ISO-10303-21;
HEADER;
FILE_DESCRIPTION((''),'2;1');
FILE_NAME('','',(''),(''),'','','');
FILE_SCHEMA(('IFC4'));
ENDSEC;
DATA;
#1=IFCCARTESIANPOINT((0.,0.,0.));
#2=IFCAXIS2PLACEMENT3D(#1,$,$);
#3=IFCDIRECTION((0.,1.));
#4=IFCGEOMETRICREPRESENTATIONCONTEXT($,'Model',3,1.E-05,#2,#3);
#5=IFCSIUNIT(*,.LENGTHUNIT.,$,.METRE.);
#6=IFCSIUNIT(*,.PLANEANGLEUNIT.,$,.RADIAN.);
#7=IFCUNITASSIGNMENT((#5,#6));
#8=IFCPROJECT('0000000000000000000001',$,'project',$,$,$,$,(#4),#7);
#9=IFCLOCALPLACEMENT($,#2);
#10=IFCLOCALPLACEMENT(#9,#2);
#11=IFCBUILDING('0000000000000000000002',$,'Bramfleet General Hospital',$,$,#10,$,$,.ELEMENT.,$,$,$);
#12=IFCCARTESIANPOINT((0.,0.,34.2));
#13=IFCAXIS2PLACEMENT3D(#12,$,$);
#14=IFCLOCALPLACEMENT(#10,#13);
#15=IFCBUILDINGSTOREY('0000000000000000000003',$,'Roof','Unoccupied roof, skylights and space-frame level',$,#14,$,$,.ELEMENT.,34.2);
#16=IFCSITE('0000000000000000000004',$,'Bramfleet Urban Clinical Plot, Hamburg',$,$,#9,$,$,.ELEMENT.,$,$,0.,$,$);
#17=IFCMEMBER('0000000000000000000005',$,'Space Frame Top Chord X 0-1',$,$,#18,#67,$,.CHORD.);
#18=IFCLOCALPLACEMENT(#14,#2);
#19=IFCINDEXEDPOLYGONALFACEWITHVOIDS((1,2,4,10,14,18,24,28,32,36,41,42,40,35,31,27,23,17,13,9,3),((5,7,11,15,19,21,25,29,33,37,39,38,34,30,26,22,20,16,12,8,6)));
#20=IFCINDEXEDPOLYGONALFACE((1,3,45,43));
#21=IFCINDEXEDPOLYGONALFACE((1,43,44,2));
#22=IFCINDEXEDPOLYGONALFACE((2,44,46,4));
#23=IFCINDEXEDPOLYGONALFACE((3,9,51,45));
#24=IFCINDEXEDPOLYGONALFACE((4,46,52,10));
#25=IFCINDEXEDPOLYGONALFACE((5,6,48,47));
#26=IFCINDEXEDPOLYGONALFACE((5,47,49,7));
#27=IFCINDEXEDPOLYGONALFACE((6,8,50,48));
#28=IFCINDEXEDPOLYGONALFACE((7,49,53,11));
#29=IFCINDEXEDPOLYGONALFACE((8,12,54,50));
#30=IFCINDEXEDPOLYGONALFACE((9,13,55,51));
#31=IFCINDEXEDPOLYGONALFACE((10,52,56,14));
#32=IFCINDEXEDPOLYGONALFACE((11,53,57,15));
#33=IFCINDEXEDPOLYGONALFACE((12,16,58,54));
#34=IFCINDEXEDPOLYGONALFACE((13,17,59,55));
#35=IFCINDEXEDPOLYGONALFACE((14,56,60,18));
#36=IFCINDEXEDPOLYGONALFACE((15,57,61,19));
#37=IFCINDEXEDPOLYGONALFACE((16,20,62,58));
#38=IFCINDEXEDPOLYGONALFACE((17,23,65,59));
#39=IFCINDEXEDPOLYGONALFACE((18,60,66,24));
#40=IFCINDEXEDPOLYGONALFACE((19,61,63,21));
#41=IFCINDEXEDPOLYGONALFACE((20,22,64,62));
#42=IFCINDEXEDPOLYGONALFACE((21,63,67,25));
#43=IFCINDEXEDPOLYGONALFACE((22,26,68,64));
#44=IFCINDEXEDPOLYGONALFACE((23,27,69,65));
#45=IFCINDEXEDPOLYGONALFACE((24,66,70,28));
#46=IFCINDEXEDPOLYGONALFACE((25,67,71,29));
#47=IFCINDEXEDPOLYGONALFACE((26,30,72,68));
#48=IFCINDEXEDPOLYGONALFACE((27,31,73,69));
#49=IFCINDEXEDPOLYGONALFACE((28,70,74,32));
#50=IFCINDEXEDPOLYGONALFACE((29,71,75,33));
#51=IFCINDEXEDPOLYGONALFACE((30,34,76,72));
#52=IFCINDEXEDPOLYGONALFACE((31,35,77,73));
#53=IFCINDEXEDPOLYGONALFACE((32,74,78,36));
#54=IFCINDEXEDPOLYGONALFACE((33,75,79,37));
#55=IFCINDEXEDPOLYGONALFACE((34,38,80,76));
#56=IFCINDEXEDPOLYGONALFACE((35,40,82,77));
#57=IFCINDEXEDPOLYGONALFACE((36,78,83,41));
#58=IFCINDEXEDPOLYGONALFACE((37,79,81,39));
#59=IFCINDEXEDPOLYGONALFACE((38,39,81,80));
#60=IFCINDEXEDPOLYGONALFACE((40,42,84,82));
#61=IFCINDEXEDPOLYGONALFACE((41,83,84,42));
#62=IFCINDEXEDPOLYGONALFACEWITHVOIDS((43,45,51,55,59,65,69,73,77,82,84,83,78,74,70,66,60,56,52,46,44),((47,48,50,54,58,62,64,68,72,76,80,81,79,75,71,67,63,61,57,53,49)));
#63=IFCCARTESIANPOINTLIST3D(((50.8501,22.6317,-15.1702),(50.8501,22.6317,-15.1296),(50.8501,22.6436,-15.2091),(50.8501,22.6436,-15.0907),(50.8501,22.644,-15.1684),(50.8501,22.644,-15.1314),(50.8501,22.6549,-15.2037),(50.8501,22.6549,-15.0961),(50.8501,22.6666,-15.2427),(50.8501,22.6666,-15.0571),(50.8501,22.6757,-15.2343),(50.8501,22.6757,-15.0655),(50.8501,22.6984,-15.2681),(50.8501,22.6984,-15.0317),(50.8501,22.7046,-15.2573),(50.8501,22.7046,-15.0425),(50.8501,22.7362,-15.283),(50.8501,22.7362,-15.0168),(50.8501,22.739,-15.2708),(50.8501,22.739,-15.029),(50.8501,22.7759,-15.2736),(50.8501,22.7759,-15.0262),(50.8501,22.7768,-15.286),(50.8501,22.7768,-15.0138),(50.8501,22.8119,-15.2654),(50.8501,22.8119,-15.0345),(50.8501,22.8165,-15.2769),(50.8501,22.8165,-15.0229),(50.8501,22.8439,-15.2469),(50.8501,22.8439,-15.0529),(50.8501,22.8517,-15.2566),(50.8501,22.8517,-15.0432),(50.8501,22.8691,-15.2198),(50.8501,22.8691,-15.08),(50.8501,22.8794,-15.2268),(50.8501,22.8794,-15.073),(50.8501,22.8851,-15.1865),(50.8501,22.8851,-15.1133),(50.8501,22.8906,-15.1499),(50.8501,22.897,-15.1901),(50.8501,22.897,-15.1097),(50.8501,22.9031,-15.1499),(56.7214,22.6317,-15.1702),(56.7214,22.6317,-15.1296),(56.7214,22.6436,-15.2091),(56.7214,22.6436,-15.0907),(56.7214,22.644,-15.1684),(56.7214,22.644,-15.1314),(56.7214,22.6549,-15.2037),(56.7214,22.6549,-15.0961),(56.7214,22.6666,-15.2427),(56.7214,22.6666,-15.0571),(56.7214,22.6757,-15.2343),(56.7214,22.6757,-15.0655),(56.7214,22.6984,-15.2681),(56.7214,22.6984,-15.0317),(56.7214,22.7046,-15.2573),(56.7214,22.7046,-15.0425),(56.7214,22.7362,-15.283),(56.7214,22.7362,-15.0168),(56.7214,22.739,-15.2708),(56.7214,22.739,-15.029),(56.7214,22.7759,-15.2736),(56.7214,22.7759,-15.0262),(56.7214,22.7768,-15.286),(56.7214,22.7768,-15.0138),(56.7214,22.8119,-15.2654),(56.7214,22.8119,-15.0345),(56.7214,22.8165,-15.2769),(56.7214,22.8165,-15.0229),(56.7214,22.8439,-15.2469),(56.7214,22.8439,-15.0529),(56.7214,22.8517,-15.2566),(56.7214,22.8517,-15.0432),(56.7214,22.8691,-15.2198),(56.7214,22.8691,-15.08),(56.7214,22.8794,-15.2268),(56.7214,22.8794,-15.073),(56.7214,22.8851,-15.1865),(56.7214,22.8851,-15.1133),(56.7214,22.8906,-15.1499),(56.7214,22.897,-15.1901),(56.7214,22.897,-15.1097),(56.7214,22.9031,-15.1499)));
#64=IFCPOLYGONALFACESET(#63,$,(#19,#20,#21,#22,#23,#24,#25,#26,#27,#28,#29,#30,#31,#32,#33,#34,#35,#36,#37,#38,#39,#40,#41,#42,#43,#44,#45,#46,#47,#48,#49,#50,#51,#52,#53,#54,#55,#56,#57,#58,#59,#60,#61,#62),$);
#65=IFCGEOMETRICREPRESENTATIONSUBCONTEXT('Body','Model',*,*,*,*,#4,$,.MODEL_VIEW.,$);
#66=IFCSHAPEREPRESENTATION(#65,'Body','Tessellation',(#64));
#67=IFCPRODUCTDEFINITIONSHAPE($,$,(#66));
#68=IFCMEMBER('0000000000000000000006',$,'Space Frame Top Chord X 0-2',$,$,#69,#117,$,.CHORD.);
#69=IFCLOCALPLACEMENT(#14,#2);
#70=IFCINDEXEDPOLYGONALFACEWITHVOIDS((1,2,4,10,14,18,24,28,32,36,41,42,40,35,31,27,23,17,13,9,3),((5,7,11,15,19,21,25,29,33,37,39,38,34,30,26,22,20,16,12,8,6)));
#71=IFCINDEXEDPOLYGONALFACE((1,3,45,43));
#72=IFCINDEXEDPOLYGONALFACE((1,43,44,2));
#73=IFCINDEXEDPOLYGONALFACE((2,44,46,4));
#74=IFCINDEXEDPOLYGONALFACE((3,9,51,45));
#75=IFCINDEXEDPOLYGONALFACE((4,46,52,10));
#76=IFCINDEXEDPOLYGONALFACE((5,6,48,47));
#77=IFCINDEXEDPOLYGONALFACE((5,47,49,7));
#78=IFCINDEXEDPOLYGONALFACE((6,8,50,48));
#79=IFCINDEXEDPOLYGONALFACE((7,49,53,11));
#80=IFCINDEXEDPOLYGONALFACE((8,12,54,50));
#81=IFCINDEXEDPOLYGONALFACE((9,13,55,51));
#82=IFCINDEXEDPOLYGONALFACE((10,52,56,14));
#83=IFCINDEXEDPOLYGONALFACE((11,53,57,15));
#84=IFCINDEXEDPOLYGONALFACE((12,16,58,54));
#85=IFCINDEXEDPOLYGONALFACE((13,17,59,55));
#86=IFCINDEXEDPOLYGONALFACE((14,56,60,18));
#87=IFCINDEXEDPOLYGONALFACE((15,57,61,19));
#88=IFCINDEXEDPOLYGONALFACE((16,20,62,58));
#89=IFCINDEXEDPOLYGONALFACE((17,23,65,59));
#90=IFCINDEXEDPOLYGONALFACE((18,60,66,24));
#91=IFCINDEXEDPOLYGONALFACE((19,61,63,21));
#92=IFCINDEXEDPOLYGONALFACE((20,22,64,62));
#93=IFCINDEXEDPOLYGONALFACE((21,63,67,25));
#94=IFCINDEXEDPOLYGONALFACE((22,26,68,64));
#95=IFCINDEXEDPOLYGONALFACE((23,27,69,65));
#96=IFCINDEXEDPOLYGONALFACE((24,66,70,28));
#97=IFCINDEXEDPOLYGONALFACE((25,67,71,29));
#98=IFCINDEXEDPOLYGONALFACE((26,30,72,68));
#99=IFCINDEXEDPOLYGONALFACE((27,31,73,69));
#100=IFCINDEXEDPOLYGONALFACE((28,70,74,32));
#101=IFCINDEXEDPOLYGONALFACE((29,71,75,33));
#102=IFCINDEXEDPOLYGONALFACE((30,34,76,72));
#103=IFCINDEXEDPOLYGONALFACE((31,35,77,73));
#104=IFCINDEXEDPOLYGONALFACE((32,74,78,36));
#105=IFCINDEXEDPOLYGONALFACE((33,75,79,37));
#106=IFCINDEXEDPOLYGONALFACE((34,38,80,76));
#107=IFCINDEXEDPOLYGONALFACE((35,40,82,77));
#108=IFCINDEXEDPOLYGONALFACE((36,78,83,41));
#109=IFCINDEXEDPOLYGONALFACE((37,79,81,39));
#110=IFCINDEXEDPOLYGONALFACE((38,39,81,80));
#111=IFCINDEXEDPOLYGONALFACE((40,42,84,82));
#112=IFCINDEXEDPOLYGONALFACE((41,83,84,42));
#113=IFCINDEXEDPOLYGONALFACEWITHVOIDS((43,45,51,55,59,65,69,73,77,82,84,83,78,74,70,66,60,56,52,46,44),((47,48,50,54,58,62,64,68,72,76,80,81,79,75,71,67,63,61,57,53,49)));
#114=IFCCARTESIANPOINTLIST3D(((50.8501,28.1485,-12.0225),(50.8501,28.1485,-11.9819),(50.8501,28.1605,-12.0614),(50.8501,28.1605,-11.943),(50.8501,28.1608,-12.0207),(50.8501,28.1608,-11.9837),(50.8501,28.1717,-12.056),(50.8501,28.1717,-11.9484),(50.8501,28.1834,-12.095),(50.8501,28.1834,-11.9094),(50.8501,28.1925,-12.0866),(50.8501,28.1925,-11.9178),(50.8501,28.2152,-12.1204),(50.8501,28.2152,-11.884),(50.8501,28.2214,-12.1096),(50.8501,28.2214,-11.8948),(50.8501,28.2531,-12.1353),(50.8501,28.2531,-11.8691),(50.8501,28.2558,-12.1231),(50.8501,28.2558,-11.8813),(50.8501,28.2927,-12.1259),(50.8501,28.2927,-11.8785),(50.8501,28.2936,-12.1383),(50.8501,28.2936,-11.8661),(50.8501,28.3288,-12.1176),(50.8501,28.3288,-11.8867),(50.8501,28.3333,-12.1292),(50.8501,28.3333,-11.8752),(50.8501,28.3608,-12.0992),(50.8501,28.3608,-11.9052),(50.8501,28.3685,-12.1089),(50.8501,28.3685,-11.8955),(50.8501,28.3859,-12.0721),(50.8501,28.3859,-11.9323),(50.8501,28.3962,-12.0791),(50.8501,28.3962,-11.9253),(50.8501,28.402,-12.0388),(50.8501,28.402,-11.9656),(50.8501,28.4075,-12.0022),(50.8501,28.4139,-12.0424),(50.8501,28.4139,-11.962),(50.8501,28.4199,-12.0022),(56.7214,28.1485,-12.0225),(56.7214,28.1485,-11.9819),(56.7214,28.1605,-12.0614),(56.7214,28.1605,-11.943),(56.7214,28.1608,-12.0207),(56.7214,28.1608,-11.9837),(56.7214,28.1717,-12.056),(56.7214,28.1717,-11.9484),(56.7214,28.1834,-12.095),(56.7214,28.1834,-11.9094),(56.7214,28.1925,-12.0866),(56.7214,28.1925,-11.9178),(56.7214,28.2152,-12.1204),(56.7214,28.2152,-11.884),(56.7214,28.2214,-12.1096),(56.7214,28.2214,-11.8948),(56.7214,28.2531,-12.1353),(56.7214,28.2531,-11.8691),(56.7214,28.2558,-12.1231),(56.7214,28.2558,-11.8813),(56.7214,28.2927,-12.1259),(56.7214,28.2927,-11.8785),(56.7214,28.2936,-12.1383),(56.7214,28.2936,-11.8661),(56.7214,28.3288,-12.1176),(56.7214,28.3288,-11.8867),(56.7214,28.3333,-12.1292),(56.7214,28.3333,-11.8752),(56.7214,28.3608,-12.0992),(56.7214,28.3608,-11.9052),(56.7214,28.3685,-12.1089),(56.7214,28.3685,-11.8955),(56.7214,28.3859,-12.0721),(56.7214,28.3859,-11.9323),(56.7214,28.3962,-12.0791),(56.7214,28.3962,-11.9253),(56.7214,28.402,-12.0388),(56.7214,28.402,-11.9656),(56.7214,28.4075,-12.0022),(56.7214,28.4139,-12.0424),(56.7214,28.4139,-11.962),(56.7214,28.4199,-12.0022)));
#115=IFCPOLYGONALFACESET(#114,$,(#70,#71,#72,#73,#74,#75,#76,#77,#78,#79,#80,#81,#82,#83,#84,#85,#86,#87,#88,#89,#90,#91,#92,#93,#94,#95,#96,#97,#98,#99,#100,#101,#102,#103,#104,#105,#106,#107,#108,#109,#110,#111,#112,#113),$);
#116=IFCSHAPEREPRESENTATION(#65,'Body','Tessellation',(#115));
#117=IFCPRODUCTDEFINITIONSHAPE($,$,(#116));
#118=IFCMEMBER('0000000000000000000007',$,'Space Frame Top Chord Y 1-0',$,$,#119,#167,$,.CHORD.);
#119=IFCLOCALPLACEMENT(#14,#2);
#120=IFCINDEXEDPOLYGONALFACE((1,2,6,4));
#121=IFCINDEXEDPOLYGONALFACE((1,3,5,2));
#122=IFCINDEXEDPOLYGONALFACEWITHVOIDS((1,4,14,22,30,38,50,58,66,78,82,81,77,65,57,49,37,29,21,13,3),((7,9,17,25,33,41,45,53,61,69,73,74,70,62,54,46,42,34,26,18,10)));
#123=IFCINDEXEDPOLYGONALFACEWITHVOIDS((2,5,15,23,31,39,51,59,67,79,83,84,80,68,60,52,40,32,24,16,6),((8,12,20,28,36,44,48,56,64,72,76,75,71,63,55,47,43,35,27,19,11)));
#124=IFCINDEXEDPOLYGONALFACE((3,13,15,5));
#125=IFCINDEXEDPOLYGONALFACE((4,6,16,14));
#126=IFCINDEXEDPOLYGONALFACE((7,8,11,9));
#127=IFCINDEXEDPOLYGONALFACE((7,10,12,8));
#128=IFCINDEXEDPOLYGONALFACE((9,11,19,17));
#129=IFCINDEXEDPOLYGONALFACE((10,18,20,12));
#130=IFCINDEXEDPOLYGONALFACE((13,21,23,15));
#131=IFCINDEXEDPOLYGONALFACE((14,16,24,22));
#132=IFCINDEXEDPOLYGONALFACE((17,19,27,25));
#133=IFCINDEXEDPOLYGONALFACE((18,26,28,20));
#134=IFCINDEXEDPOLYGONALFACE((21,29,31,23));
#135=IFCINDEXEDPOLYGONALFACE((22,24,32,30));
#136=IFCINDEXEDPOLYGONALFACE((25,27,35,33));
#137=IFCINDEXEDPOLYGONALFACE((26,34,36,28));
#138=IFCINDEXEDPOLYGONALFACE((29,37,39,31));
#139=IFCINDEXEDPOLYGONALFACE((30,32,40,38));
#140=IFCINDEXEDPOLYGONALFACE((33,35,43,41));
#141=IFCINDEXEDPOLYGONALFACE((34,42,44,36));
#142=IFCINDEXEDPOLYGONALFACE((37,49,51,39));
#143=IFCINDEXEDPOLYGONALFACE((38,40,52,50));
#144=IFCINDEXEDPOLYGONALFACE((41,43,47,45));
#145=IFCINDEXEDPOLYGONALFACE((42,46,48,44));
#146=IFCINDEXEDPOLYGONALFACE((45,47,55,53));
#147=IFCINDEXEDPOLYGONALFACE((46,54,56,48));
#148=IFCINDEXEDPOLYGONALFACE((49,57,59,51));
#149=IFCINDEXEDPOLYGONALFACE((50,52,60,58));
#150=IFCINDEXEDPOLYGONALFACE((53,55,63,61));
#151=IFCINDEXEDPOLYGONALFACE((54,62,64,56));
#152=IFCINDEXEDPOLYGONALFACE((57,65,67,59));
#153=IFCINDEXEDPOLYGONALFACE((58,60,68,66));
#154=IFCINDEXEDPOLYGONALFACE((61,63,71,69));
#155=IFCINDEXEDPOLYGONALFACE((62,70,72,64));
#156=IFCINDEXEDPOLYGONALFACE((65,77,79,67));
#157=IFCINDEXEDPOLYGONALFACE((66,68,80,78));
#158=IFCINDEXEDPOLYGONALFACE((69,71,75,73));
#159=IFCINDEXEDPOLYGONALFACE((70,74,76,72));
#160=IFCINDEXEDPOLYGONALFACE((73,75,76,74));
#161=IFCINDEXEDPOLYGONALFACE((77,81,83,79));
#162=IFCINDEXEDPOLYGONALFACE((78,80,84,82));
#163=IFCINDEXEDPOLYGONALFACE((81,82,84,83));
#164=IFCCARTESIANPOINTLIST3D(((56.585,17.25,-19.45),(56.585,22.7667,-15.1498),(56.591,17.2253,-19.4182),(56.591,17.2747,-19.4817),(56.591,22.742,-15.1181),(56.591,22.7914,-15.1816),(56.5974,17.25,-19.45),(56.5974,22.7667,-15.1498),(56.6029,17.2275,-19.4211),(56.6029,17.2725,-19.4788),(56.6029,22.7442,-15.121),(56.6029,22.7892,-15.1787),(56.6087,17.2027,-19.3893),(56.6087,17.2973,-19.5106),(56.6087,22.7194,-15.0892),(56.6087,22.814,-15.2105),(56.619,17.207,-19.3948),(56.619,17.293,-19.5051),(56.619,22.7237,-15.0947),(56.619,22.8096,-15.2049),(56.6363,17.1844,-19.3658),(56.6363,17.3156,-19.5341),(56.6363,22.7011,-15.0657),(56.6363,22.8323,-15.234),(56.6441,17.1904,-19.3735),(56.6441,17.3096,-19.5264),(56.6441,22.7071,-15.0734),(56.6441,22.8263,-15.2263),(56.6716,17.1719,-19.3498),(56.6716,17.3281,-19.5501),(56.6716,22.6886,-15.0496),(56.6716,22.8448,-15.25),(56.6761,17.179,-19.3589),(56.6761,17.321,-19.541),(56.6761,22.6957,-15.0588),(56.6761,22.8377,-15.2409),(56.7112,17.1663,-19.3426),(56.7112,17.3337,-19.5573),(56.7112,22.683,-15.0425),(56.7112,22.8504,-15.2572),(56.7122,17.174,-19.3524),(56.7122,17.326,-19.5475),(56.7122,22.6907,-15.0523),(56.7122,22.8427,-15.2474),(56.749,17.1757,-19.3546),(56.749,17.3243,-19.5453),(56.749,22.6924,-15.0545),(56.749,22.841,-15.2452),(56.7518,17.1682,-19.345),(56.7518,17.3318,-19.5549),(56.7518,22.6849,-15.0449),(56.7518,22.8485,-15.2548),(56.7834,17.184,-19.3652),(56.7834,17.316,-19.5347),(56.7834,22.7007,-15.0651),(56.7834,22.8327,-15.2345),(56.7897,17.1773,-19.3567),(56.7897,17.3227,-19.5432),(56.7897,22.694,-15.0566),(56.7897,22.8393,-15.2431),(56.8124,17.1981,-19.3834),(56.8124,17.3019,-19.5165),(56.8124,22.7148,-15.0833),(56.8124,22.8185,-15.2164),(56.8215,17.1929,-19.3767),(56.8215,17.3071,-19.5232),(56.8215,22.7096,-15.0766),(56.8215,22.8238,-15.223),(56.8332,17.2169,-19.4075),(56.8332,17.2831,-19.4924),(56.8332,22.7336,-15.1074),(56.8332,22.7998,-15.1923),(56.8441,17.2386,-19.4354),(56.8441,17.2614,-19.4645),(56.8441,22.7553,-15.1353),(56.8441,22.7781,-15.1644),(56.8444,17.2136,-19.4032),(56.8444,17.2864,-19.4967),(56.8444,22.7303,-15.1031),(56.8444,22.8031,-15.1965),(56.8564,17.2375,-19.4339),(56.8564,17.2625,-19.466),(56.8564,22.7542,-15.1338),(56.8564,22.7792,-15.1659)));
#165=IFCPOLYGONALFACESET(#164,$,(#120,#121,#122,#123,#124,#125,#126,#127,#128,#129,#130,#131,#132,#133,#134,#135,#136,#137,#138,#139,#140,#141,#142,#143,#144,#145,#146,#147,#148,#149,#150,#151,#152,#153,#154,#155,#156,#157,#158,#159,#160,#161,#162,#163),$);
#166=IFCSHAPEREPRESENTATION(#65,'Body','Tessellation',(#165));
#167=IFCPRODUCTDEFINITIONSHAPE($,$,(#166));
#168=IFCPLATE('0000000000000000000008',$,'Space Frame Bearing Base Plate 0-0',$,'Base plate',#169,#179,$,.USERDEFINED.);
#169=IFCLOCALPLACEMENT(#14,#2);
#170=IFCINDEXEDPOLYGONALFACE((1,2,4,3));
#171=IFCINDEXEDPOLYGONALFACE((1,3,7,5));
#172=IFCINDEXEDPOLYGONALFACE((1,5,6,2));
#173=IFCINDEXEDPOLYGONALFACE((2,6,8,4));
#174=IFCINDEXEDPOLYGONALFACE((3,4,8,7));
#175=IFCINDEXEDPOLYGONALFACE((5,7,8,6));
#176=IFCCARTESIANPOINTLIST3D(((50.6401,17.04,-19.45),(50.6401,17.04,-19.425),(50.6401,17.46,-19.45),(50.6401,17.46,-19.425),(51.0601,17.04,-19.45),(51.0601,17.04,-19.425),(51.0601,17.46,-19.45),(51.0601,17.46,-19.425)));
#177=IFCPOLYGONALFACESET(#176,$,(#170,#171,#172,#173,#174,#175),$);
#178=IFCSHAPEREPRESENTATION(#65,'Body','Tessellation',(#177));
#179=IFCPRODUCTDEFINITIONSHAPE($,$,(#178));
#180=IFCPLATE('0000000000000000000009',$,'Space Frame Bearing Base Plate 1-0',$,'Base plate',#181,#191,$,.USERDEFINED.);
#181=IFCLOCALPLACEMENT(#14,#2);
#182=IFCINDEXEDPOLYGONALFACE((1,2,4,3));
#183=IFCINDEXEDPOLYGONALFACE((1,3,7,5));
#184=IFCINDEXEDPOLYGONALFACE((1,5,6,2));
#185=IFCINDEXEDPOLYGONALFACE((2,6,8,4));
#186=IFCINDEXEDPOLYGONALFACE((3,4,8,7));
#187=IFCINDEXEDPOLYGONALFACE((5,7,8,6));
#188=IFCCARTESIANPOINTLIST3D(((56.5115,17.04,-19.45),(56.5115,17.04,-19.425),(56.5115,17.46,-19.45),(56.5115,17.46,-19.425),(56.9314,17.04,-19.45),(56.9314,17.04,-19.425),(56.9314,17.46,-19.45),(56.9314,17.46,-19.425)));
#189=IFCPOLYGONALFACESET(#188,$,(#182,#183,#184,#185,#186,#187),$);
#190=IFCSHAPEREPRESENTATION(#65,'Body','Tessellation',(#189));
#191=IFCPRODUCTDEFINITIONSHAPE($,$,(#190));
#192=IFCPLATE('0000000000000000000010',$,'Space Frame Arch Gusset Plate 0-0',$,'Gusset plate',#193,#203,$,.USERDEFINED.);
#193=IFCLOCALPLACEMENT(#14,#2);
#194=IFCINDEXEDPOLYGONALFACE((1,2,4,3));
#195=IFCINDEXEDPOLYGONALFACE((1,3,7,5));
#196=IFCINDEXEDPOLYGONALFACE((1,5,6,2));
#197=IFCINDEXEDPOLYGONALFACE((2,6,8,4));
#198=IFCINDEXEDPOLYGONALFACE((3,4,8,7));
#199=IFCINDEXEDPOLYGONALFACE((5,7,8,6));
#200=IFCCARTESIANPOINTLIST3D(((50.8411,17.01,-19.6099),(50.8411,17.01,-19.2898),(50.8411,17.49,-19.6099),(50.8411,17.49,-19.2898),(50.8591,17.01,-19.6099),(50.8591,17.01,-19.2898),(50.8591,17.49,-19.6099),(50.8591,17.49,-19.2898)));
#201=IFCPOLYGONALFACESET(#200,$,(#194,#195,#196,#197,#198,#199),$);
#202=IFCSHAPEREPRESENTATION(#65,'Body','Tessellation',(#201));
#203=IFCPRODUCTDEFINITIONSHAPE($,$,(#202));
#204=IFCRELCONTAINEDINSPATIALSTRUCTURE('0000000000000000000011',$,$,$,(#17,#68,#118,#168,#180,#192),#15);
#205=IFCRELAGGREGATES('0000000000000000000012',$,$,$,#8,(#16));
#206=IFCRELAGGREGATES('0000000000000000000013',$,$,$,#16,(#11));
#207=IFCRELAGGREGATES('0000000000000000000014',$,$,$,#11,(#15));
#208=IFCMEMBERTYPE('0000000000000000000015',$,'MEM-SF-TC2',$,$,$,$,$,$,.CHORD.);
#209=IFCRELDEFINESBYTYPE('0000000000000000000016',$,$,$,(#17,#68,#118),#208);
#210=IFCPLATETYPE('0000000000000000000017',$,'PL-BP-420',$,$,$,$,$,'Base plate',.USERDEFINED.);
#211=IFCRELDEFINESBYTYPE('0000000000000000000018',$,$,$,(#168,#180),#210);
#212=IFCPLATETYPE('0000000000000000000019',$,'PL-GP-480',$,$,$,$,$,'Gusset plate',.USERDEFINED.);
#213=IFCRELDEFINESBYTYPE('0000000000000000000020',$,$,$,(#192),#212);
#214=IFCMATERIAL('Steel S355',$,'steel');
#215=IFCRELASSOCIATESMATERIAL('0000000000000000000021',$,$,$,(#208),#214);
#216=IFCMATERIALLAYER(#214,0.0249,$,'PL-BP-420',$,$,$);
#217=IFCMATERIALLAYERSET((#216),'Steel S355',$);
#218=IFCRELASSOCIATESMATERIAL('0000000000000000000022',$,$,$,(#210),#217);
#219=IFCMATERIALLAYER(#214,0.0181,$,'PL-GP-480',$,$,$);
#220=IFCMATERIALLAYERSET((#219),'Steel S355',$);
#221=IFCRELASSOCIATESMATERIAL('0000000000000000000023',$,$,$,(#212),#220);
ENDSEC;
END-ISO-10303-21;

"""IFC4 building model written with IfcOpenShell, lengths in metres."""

from ifc_helpers import new_model, si_unit, direction, frame, origin, origin_2d, place, context, subcontext, project, spatial, rectangle, hollow_circle, extrude, material, layer, layer_set, material_profile, profile_set, type_object, element, save


model = new_model("IFC4")

# Units and contexts
model_context = context("Model", 3, precision=1e-05, world=origin(), true_north=direction((0.0, 1.0)))
body_context = subcontext(model_context, "Body", "Model", "MODEL_VIEW")
ifc_project = project(units=[si_unit("LENGTHUNIT", "METRE"), si_unit("PLANEANGLEUNIT", "RADIAN")], contexts=[model_context])

# Site, building, storey
site_placement = place(None, origin())
site = spatial("IfcSite", under=ifc_project, at=site_placement, Name="Bramfleet Urban Clinical Plot, Hamburg", CompositionType="ELEMENT", RefElevation=0.0)
building_placement = place(site_placement, origin())
building = spatial("IfcBuilding", under=site, at=building_placement, Name="Bramfleet General Hospital", CompositionType="ELEMENT")
storey_placement = place(building_placement, frame((0.0, 0.0, 34.2)))
storey = spatial("IfcBuildingStorey", under=building, at=storey_placement, Name="Roof", Description="Unoccupied roof, skylights and space-frame level", CompositionType="ELEMENT", Elevation=34.2)

# Members
ifc_material_1 = material(Name="Steel S355", Category="steel")
ifc_material_profile_1 = material_profile(ifc_material_1, hollow_circle(Radius=0.1365, WallThickness=0.0125, at=origin_2d()), Name="CHS 273.0x12.5")
ifc_profile_set_1 = profile_set([ifc_material_profile_1], Name="Steel S355")
member_type_1 = type_object("IfcMemberType", Name="MEM-SF-TC2", PredefinedType="CHORD", material=ifc_profile_set_1)
for number, where, z_axis, x_axis, name in (
    (1, (50.8501, 22.7666, -15.1499), (1.0, 0.0, 0.0), (0.0, 1.0, 0.0), "Space Frame Top Chord X 0-1"),
    (2, (50.8501, 28.2834, -12.0022), (1.0, 0.0, 0.0), (0.0, 1.0, 0.0), "Space Frame Top Chord X 0-2"),
):
    element("IfcMember", number, at=place(storey_placement, frame(where, z_axis=z_axis, x_axis=x_axis)), inside=storey, type_object=member_type_1, Name=name, PredefinedType="CHORD", context=body_context, shape_type="SweptSolid", body=[
        extrude(hollow_circle(Radius=0.1365, WallThickness=0.0125, at=origin_2d()), origin(), (0.0, 0.0, 1.0), 5.8713),
    ])
member_1_placement = place(storey_placement, frame((56.7214, 17.25, -19.45), z_axis=(0.0, 0.788703, 0.614774), x_axis=(-1.0, 0.0, 0.0)))
element("IfcMember", 3, at=member_1_placement, inside=storey, type_object=member_type_1, Name="Space Frame Top Chord Y 1-0", PredefinedType="CHORD", context=body_context, shape_type="SweptSolid", body=[
    extrude(hollow_circle(Radius=0.1365, WallThickness=0.0125, at=origin_2d()), origin(), (0.0, 0.0, 1.0), 6.9946),
])

# Plates
ifc_layer_1 = layer(ifc_material_1, 0.0249, Name="PL-BP-420")
ifc_layer_set_1 = layer_set([ifc_layer_1], Name="Steel S355")
plate_type_1 = type_object("IfcPlateType", Name="PL-BP-420", ElementType="Base plate", PredefinedType="USERDEFINED", material=ifc_layer_set_1)
for number, where, z_axis, x_axis, name in (
    (4, (50.8501, 17.25, -19.45), (0.0, 0.0, 1.0), (1.0, 0.0, 0.0), "Space Frame Bearing Base Plate 0-0"),
    (5, (56.7214, 17.25, -19.45), (0.0, 0.0, 1.0), (1.0, 0.0, 0.0), "Space Frame Bearing Base Plate 1-0"),
):
    element("IfcPlate", number, at=place(storey_placement, frame(where, z_axis=z_axis, x_axis=x_axis)), inside=storey, type_object=plate_type_1, Name=name, ObjectType="Base plate", PredefinedType="USERDEFINED", context=body_context, shape_type="SweptSolid", body=[
        extrude(rectangle(XDim=0.4199, YDim=0.4199, at=origin_2d()), origin(), (0.0, 0.0, 1.0), 0.0249),
    ])
ifc_layer_2 = layer(ifc_material_1, 0.0181, Name="PL-GP-480")
ifc_layer_set_2 = layer_set([ifc_layer_2], Name="Steel S355")
plate_type_2 = type_object("IfcPlateType", Name="PL-GP-480", ElementType="Gusset plate", PredefinedType="USERDEFINED", material=ifc_layer_set_2)
plate_placement = place(storey_placement, frame((50.8501, 17.25, -19.6099), z_axis=(0.0, 0.0, 1.0), x_axis=(0.0, 1.0, 0.0)))
element("IfcPlate", 6, at=plate_placement, inside=storey, type_object=plate_type_2, Name="Space Frame Arch Gusset Plate 0-0", ObjectType="Gusset plate", PredefinedType="USERDEFINED", context=body_context, shape_type="SweptSolid", body=[
    extrude(rectangle(XDim=0.48, YDim=0.0181, at=origin_2d()), origin(), (0.0, 0.0, 1.0), 0.3201),
])

save(model, "model.ifc")
